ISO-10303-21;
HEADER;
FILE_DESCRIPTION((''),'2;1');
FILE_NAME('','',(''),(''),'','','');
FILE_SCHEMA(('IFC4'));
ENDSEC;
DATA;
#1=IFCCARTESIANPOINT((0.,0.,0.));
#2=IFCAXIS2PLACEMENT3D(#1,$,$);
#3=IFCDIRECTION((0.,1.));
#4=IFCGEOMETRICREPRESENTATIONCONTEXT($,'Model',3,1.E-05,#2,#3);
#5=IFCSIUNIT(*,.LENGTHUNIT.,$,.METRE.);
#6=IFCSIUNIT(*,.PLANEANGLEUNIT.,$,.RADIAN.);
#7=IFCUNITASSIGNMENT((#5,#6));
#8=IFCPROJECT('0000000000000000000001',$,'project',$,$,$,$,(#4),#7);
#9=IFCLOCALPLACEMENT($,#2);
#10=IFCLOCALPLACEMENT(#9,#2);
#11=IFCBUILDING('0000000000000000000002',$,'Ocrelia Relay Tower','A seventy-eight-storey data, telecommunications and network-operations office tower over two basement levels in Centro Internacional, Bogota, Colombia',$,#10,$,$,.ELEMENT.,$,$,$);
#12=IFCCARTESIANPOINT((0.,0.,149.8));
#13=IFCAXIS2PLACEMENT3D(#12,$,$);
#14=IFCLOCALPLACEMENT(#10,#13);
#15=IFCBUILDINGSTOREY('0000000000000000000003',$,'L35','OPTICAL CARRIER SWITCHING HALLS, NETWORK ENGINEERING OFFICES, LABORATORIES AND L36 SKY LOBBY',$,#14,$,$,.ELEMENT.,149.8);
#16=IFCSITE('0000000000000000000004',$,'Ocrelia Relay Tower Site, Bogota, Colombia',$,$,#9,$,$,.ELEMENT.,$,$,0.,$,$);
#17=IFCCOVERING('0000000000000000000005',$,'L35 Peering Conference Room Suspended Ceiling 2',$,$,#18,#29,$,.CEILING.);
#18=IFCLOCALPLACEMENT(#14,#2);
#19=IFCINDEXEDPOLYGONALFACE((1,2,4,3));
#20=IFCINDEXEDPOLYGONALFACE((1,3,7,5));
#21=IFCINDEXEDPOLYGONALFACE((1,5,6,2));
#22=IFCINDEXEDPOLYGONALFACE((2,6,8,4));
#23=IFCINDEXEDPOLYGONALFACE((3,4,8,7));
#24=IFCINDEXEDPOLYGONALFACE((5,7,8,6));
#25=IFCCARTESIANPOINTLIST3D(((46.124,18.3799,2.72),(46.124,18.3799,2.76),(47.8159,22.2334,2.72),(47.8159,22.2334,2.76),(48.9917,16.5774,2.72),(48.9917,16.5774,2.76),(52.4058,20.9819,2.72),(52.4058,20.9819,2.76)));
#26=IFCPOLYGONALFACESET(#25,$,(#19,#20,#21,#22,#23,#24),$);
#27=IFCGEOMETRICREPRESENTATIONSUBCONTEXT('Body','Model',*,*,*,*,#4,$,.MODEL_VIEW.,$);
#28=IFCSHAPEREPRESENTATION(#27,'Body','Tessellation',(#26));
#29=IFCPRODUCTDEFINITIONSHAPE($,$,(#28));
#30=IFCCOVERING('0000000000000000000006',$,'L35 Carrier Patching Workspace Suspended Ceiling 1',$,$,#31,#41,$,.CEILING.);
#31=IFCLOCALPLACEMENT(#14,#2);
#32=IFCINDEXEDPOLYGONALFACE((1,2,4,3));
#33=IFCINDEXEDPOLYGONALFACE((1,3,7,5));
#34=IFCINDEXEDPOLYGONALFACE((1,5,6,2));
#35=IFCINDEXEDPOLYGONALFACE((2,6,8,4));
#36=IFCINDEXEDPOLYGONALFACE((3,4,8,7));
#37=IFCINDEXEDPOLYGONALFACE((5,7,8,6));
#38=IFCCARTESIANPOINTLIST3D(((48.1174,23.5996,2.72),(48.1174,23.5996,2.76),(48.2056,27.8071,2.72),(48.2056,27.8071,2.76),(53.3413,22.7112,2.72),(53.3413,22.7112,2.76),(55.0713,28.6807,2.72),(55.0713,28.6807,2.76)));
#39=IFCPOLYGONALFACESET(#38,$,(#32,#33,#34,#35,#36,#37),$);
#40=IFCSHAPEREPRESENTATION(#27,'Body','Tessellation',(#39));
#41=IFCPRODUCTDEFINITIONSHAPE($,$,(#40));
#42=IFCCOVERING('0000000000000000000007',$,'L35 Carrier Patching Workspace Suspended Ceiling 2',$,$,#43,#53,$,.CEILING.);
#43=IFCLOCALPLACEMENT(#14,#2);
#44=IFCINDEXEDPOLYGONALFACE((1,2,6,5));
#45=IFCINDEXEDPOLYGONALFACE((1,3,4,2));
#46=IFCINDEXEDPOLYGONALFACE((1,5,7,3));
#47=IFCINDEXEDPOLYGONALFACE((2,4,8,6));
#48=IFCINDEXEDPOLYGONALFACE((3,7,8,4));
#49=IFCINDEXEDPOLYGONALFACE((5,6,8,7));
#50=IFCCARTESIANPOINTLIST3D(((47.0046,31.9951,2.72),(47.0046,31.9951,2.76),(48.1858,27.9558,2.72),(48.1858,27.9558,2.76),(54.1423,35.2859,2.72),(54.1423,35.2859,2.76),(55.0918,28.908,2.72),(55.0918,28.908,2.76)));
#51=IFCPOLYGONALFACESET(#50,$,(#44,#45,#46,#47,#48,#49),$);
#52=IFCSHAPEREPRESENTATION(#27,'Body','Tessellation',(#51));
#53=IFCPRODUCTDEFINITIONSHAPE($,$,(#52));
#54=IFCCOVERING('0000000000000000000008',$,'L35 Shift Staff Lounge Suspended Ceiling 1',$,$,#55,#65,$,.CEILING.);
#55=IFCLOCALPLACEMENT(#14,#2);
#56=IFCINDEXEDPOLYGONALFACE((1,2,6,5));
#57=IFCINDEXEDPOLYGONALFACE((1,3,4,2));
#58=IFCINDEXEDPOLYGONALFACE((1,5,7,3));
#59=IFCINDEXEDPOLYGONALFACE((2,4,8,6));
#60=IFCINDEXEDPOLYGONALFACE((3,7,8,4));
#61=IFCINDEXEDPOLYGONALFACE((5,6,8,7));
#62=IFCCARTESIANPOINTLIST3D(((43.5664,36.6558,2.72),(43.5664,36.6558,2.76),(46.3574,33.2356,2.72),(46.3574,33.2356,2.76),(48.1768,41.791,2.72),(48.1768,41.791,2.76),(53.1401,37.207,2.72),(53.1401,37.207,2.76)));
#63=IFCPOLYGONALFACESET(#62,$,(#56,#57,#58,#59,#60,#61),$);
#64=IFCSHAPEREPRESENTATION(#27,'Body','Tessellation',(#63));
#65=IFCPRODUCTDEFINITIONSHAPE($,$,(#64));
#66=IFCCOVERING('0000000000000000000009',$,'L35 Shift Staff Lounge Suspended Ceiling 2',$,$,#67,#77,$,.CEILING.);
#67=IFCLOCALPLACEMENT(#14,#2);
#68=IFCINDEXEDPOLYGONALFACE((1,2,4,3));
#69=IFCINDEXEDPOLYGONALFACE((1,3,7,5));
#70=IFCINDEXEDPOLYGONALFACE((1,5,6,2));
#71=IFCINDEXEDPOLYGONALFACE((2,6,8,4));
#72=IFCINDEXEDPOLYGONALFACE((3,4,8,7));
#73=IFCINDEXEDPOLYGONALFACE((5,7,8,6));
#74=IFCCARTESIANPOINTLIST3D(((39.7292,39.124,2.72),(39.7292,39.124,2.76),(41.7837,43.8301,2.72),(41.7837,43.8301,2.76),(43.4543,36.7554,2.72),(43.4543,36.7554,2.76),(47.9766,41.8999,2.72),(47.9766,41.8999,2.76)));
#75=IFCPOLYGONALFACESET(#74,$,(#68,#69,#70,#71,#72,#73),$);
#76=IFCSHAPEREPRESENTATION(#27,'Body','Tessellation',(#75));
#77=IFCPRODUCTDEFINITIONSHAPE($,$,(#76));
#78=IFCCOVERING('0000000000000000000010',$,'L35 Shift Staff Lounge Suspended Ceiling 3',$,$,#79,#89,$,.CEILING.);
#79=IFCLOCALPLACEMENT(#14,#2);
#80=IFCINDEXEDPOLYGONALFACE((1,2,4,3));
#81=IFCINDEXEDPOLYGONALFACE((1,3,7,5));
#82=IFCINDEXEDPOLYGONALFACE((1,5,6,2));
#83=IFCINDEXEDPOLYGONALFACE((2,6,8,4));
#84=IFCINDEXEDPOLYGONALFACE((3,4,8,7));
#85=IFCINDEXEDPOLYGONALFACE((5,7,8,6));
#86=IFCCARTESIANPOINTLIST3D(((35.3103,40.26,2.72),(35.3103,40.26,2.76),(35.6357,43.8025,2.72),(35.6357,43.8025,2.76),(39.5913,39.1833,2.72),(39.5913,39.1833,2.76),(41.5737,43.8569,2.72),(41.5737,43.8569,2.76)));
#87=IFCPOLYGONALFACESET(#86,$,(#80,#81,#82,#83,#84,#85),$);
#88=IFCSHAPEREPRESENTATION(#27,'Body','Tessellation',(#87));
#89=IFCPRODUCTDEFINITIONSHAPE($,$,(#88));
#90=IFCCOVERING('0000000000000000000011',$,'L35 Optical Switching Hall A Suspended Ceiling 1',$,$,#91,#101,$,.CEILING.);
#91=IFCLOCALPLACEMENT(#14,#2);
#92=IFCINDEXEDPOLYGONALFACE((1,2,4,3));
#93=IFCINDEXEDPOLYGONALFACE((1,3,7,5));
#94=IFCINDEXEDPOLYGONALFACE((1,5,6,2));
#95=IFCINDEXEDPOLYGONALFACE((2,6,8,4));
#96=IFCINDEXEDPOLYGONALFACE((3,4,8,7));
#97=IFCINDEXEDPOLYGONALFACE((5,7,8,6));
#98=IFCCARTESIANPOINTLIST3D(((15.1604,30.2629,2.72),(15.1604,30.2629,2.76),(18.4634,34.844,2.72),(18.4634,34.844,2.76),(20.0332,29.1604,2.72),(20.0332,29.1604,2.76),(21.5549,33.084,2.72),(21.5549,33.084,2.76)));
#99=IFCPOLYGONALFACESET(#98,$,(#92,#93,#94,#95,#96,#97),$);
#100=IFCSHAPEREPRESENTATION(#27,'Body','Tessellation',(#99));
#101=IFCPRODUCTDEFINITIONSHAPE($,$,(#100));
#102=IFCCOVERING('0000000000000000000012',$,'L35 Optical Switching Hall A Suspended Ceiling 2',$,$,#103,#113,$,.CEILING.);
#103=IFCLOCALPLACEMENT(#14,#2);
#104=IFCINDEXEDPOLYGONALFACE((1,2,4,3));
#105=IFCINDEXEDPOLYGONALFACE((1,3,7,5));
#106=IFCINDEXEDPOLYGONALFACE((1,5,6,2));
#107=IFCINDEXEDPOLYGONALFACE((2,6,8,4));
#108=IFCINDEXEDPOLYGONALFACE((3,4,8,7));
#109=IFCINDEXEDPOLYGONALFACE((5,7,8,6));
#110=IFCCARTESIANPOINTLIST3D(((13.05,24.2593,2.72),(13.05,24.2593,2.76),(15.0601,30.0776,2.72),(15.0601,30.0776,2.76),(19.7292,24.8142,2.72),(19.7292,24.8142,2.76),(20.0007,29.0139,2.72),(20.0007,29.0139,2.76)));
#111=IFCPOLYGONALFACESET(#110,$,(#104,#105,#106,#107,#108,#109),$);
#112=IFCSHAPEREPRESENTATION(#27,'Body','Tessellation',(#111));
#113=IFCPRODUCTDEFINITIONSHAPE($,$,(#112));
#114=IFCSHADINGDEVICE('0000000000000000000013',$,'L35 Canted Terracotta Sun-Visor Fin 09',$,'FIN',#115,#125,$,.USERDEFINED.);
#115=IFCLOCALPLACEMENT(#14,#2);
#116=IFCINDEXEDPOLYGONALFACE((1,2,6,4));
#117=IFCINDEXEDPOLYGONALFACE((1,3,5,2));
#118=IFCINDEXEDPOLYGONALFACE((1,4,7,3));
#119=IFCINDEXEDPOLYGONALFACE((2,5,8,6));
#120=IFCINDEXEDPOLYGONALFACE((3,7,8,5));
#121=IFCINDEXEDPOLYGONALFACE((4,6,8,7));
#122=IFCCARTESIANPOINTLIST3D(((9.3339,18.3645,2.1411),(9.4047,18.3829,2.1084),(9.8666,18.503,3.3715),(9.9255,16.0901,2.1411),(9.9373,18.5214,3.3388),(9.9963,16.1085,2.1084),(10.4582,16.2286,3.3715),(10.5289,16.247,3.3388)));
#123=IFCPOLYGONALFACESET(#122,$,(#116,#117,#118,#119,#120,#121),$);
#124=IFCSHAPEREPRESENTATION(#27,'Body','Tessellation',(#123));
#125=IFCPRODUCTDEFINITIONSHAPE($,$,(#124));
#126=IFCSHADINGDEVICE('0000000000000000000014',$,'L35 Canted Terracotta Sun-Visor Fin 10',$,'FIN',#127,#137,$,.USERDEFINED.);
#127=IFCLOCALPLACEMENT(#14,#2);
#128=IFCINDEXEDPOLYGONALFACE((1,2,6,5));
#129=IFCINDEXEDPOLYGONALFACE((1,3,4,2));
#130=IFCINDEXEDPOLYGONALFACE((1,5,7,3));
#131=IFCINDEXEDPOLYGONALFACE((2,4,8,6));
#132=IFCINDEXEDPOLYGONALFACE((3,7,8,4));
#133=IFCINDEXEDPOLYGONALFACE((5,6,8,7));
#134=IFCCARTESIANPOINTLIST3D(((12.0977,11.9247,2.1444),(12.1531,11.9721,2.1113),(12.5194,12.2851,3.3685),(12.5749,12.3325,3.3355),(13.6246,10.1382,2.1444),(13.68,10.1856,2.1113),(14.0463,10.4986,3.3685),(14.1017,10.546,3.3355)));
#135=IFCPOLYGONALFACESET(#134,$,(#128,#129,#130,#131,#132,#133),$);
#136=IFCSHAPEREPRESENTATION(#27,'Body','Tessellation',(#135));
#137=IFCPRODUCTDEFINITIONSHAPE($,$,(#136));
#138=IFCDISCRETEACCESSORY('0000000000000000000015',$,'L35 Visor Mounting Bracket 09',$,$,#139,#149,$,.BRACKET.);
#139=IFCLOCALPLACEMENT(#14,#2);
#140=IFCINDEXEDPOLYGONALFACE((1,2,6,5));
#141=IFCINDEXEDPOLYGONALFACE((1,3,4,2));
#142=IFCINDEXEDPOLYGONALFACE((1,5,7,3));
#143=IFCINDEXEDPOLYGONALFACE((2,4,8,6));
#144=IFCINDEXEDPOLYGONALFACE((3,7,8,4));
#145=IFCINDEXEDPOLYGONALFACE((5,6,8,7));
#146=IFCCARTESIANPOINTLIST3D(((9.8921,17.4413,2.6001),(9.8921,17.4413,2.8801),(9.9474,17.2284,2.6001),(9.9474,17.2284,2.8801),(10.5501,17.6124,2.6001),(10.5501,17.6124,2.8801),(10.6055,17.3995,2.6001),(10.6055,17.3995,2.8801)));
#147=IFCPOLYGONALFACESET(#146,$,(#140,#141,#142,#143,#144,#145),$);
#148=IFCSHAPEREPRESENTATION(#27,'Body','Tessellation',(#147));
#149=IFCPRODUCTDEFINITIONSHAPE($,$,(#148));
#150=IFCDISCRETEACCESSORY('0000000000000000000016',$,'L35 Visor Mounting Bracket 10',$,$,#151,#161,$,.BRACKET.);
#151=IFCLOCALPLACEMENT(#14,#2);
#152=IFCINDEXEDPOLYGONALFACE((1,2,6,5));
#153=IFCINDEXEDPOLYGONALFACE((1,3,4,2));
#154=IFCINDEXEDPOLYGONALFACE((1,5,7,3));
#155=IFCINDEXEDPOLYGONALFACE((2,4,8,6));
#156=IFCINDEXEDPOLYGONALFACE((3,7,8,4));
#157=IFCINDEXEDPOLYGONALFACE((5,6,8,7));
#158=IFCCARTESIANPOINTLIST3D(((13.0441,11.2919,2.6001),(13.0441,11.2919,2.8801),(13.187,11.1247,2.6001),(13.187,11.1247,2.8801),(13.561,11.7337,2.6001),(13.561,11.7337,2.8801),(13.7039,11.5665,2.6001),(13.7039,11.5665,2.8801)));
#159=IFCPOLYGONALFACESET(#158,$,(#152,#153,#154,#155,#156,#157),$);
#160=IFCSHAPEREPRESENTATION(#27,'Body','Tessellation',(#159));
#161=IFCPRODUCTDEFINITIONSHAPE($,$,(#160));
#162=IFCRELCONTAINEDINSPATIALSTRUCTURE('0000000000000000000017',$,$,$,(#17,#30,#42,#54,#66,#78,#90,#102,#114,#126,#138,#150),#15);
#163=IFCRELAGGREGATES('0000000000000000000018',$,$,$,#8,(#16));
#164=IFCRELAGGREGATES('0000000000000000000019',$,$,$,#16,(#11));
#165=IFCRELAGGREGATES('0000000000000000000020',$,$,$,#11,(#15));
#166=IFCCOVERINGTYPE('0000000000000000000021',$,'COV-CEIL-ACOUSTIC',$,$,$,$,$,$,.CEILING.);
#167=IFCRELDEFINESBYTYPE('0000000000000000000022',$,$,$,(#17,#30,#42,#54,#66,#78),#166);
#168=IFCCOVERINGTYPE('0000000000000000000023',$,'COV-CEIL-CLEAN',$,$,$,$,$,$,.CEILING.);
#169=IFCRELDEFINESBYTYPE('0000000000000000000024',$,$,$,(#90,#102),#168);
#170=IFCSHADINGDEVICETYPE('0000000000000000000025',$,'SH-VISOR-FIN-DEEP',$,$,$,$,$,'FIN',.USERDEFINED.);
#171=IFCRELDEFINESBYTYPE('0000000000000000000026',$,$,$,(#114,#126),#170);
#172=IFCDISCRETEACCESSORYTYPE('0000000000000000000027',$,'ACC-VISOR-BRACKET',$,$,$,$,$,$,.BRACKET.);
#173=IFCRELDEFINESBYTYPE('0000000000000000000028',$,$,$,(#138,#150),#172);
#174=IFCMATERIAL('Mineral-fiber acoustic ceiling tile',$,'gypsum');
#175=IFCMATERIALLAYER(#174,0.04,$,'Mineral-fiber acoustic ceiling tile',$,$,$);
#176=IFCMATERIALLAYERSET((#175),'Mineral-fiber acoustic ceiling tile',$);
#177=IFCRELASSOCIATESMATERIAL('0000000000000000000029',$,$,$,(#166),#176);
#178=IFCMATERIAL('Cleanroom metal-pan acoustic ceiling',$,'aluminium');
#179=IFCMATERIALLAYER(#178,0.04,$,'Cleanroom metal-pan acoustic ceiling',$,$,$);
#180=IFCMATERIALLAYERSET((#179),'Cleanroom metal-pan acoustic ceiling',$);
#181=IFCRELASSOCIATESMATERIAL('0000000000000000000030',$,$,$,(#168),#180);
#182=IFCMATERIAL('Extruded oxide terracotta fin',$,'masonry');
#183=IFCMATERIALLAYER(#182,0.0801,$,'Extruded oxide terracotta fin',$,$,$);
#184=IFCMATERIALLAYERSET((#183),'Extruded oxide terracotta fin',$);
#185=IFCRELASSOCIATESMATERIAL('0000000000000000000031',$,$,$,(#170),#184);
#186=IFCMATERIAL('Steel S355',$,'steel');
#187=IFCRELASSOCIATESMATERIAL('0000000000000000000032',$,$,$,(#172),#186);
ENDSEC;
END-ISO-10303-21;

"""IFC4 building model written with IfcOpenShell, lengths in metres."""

from ifc_helpers import new_model, si_unit, direction, frame, origin, origin_2d, place, context, subcontext, project, spatial, polyline, rectangle, outline, extrude, material, layer, layer_set, type_object, element, save


model = new_model("IFC4")

# Units and contexts
model_context = context("Model", 3, precision=1e-05, world=origin(), true_north=direction((0.0, 1.0)))
body_context = subcontext(model_context, "Body", "Model", "MODEL_VIEW")
ifc_project = project(units=[si_unit("LENGTHUNIT", "METRE"), si_unit("PLANEANGLEUNIT", "RADIAN")], contexts=[model_context])

# Site, building, storey
site_placement = place(None, origin())
site = spatial("IfcSite", under=ifc_project, at=site_placement, Name="Ocrelia Relay Tower Site, Bogota, Colombia", CompositionType="ELEMENT", RefElevation=0.0)
building_placement = place(site_placement, origin())
building = spatial("IfcBuilding", under=site, at=building_placement, Name="Ocrelia Relay Tower", Description="A seventy-eight-storey data, telecommunications and network-operations office tower over two basement levels in Centro Internacional, Bogota, Colombia", CompositionType="ELEMENT")
storey_placement = place(building_placement, frame((0.0, 0.0, 149.8)))
storey = spatial("IfcBuildingStorey", under=building, at=storey_placement, Name="L35", Description="OPTICAL CARRIER SWITCHING HALLS, NETWORK ENGINEERING OFFICES, LABORATORIES AND L36 SKY LOBBY", CompositionType="ELEMENT", Elevation=149.8)

# Coverings
ifc_material_1 = material(Name="Mineral-fiber acoustic ceiling tile", Category="gypsum")
ifc_layer_1 = layer(ifc_material_1, 0.04, Name="Mineral-fiber acoustic ceiling tile")
ifc_layer_set_1 = layer_set([ifc_layer_1], Name="Mineral-fiber acoustic ceiling tile")
covering_type_1 = type_object("IfcCoveringType", Name="COV-CEIL-ACOUSTIC", PredefinedType="CEILING", material=ifc_layer_set_1)
covering_1_placement = place(storey_placement, frame((0.0, 0.0, 2.72)))
element("IfcCovering", 1, at=covering_1_placement, inside=storey, type_object=covering_type_1, Name="L35 Peering Conference Room Suspended Ceiling 2", PredefinedType="CEILING", context=body_context, shape_type="SweptSolid", body=[
    extrude(outline(polyline([(46.124, 18.3799), (48.9917, 16.5774), (52.4058, 20.9819), (47.8159, 22.2334), (46.124, 18.3799)])), origin(), (0.0, 0.0, 1.0), 0.04),
])
covering_2_placement = place(storey_placement, frame((0.0, 0.0, 2.72)))
element("IfcCovering", 2, at=covering_2_placement, inside=storey, type_object=covering_type_1, Name="L35 Carrier Patching Workspace Suspended Ceiling 1", PredefinedType="CEILING", context=body_context, shape_type="SweptSolid", body=[
    extrude(outline(polyline([(48.1174, 23.5996), (53.3413, 22.7112), (55.0713, 28.6807), (48.2056, 27.8071), (48.1174, 23.5996)])), origin(), (0.0, 0.0, 1.0), 0.04),
])
covering_3_placement = place(storey_placement, frame((0.0, 0.0, 2.72)))
element("IfcCovering", 3, at=covering_3_placement, inside=storey, type_object=covering_type_1, Name="L35 Carrier Patching Workspace Suspended Ceiling 2", PredefinedType="CEILING", context=body_context, shape_type="SweptSolid", body=[
    extrude(outline(polyline([(48.1858, 27.9558), (55.0918, 28.908), (54.1423, 35.2859), (47.0046, 31.9951), (48.1858, 27.9558)])), origin(), (0.0, 0.0, 1.0), 0.04),
])
covering_4_placement = place(storey_placement, frame((0.0, 0.0, 2.72)))
element("IfcCovering", 4, at=covering_4_placement, inside=storey, type_object=covering_type_1, Name="L35 Shift Staff Lounge Suspended Ceiling 1", PredefinedType="CEILING", context=body_context, shape_type="SweptSolid", body=[
    extrude(outline(polyline([(46.3574, 33.2356), (53.1401, 37.207), (48.1768, 41.791), (43.5664, 36.6558), (46.3574, 33.2356)])), origin(), (0.0, 0.0, 1.0), 0.04),
])
covering_5_placement = place(storey_placement, frame((0.0, 0.0, 2.72)))
element("IfcCovering", 5, at=covering_5_placement, inside=storey, type_object=covering_type_1, Name="L35 Shift Staff Lounge Suspended Ceiling 2", PredefinedType="CEILING", context=body_context, shape_type="SweptSolid", body=[
    extrude(outline(polyline([(43.4543, 36.7554), (47.9766, 41.8999), (41.7837, 43.8301), (39.7292, 39.124), (43.4543, 36.7554)])), origin(), (0.0, 0.0, 1.0), 0.04),
])
covering_6_placement = place(storey_placement, frame((0.0, 0.0, 2.72)))
element("IfcCovering", 6, at=covering_6_placement, inside=storey, type_object=covering_type_1, Name="L35 Shift Staff Lounge Suspended Ceiling 3", PredefinedType="CEILING", context=body_context, shape_type="SweptSolid", body=[
    extrude(outline(polyline([(39.5913, 39.1833), (41.5737, 43.8569), (35.6357, 43.8025), (35.3103, 40.26), (39.5913, 39.1833)])), origin(), (0.0, 0.0, 1.0), 0.04),
])
ifc_material_2 = material(Name="Cleanroom metal-pan acoustic ceiling", Category="aluminium")
ifc_layer_2 = layer(ifc_material_2, 0.04, Name="Cleanroom metal-pan acoustic ceiling")
ifc_layer_set_2 = layer_set([ifc_layer_2], Name="Cleanroom metal-pan acoustic ceiling")
covering_type_2 = type_object("IfcCoveringType", Name="COV-CEIL-CLEAN", PredefinedType="CEILING", material=ifc_layer_set_2)
covering_7_placement = place(storey_placement, frame((0.0, 0.0, 2.72)))
element("IfcCovering", 7, at=covering_7_placement, inside=storey, type_object=covering_type_2, Name="L35 Optical Switching Hall A Suspended Ceiling 1", PredefinedType="CEILING", context=body_context, shape_type="SweptSolid", body=[
    extrude(outline(polyline([(21.5549, 33.084), (18.4634, 34.844), (15.1604, 30.2629), (20.0332, 29.1604), (21.5549, 33.084)])), origin(), (0.0, 0.0, 1.0), 0.04),
])
covering_8_placement = place(storey_placement, frame((0.0, 0.0, 2.72)))
element("IfcCovering", 8, at=covering_8_placement, inside=storey, type_object=covering_type_2, Name="L35 Optical Switching Hall A Suspended Ceiling 2", PredefinedType="CEILING", context=body_context, shape_type="SweptSolid", body=[
    extrude(outline(polyline([(20.0007, 29.0139), (15.0601, 30.0776), (13.05, 24.2593), (19.7292, 24.8142), (20.0007, 29.0139)])), origin(), (0.0, 0.0, 1.0), 0.04),
])

# Shading devices
ifc_material_3 = material(Name="Extruded oxide terracotta fin", Category="masonry")
ifc_layer_3 = layer(ifc_material_3, 0.0801, Name="Extruded oxide terracotta fin")
ifc_layer_set_3 = layer_set([ifc_layer_3], Name="Extruded oxide terracotta fin")
shading_device_type = type_object("IfcShadingDeviceType", Name="SH-VISOR-FIN-DEEP", ElementType="FIN", PredefinedType="USERDEFINED", material=ifc_layer_set_3)
shading_device_1_placement = place(storey_placement, frame((9.9668, 17.3149, 2.7236), z_axis=(-0.883438, -0.22979, 0.40833), x_axis=(0.251732, -0.967797, 0.0)))
element("IfcShadingDevice", 9, at=shading_device_1_placement, inside=storey, type_object=shading_device_type, Name="L35 Canted Terracotta Sun-Visor Fin 09", ObjectType="FIN", PredefinedType="USERDEFINED", context=body_context, shape_type="SweptSolid", body=[
    extrude(rectangle(XDim=2.3501, YDim=1.3479, at=origin_2d()), origin(), (0.0, 0.0, 1.0), 0.0801),
])
shading_device_2_placement = place(storey_placement, frame((13.1274, 11.259, 2.7234), z_axis=(-0.692398, -0.59177, 0.412787), x_axis=(0.649706, -0.760185, 0.0)))
element("IfcShadingDevice", 10, at=shading_device_2_placement, inside=storey, type_object=shading_device_type, Name="L35 Canted Terracotta Sun-Visor Fin 10", ObjectType="FIN", PredefinedType="USERDEFINED", context=body_context, shape_type="SweptSolid", body=[
    extrude(rectangle(XDim=2.3501, YDim=1.344, at=origin_2d()), origin(), (0.0, 0.0, 1.0), 0.0801),
])

# Discrete accessories
ifc_material_4 = material(Name="Steel S355", Category="steel")
discrete_accessory_type = type_object("IfcDiscreteAccessoryType", Name="ACC-VISOR-BRACKET", PredefinedType="BRACKET", material=ifc_material_4)
for number, where, z_axis, x_axis, name in (
    (11, (10.2488, 17.4204, 2.6001), (0.0, 0.0, 1.0), (0.251732, -0.967797, 0.0), "L35 Visor Mounting Bracket 09"),
    (12, (13.374, 11.4292, 2.6001), (0.0, 0.0, 1.0), (0.649706, -0.760185, 0.0), "L35 Visor Mounting Bracket 10"),
):
    element("IfcDiscreteAccessory", number, at=place(storey_placement, frame(where, z_axis=z_axis, x_axis=x_axis)), inside=storey, type_object=discrete_accessory_type, Name=name, PredefinedType="BRACKET", context=body_context, shape_type="SweptSolid", body=[
        extrude(rectangle(XDim=0.22, YDim=0.6799, at=origin_2d()), origin(), (0.0, 0.0, 1.0), 0.28),
    ])

save(model, "model.ifc")
